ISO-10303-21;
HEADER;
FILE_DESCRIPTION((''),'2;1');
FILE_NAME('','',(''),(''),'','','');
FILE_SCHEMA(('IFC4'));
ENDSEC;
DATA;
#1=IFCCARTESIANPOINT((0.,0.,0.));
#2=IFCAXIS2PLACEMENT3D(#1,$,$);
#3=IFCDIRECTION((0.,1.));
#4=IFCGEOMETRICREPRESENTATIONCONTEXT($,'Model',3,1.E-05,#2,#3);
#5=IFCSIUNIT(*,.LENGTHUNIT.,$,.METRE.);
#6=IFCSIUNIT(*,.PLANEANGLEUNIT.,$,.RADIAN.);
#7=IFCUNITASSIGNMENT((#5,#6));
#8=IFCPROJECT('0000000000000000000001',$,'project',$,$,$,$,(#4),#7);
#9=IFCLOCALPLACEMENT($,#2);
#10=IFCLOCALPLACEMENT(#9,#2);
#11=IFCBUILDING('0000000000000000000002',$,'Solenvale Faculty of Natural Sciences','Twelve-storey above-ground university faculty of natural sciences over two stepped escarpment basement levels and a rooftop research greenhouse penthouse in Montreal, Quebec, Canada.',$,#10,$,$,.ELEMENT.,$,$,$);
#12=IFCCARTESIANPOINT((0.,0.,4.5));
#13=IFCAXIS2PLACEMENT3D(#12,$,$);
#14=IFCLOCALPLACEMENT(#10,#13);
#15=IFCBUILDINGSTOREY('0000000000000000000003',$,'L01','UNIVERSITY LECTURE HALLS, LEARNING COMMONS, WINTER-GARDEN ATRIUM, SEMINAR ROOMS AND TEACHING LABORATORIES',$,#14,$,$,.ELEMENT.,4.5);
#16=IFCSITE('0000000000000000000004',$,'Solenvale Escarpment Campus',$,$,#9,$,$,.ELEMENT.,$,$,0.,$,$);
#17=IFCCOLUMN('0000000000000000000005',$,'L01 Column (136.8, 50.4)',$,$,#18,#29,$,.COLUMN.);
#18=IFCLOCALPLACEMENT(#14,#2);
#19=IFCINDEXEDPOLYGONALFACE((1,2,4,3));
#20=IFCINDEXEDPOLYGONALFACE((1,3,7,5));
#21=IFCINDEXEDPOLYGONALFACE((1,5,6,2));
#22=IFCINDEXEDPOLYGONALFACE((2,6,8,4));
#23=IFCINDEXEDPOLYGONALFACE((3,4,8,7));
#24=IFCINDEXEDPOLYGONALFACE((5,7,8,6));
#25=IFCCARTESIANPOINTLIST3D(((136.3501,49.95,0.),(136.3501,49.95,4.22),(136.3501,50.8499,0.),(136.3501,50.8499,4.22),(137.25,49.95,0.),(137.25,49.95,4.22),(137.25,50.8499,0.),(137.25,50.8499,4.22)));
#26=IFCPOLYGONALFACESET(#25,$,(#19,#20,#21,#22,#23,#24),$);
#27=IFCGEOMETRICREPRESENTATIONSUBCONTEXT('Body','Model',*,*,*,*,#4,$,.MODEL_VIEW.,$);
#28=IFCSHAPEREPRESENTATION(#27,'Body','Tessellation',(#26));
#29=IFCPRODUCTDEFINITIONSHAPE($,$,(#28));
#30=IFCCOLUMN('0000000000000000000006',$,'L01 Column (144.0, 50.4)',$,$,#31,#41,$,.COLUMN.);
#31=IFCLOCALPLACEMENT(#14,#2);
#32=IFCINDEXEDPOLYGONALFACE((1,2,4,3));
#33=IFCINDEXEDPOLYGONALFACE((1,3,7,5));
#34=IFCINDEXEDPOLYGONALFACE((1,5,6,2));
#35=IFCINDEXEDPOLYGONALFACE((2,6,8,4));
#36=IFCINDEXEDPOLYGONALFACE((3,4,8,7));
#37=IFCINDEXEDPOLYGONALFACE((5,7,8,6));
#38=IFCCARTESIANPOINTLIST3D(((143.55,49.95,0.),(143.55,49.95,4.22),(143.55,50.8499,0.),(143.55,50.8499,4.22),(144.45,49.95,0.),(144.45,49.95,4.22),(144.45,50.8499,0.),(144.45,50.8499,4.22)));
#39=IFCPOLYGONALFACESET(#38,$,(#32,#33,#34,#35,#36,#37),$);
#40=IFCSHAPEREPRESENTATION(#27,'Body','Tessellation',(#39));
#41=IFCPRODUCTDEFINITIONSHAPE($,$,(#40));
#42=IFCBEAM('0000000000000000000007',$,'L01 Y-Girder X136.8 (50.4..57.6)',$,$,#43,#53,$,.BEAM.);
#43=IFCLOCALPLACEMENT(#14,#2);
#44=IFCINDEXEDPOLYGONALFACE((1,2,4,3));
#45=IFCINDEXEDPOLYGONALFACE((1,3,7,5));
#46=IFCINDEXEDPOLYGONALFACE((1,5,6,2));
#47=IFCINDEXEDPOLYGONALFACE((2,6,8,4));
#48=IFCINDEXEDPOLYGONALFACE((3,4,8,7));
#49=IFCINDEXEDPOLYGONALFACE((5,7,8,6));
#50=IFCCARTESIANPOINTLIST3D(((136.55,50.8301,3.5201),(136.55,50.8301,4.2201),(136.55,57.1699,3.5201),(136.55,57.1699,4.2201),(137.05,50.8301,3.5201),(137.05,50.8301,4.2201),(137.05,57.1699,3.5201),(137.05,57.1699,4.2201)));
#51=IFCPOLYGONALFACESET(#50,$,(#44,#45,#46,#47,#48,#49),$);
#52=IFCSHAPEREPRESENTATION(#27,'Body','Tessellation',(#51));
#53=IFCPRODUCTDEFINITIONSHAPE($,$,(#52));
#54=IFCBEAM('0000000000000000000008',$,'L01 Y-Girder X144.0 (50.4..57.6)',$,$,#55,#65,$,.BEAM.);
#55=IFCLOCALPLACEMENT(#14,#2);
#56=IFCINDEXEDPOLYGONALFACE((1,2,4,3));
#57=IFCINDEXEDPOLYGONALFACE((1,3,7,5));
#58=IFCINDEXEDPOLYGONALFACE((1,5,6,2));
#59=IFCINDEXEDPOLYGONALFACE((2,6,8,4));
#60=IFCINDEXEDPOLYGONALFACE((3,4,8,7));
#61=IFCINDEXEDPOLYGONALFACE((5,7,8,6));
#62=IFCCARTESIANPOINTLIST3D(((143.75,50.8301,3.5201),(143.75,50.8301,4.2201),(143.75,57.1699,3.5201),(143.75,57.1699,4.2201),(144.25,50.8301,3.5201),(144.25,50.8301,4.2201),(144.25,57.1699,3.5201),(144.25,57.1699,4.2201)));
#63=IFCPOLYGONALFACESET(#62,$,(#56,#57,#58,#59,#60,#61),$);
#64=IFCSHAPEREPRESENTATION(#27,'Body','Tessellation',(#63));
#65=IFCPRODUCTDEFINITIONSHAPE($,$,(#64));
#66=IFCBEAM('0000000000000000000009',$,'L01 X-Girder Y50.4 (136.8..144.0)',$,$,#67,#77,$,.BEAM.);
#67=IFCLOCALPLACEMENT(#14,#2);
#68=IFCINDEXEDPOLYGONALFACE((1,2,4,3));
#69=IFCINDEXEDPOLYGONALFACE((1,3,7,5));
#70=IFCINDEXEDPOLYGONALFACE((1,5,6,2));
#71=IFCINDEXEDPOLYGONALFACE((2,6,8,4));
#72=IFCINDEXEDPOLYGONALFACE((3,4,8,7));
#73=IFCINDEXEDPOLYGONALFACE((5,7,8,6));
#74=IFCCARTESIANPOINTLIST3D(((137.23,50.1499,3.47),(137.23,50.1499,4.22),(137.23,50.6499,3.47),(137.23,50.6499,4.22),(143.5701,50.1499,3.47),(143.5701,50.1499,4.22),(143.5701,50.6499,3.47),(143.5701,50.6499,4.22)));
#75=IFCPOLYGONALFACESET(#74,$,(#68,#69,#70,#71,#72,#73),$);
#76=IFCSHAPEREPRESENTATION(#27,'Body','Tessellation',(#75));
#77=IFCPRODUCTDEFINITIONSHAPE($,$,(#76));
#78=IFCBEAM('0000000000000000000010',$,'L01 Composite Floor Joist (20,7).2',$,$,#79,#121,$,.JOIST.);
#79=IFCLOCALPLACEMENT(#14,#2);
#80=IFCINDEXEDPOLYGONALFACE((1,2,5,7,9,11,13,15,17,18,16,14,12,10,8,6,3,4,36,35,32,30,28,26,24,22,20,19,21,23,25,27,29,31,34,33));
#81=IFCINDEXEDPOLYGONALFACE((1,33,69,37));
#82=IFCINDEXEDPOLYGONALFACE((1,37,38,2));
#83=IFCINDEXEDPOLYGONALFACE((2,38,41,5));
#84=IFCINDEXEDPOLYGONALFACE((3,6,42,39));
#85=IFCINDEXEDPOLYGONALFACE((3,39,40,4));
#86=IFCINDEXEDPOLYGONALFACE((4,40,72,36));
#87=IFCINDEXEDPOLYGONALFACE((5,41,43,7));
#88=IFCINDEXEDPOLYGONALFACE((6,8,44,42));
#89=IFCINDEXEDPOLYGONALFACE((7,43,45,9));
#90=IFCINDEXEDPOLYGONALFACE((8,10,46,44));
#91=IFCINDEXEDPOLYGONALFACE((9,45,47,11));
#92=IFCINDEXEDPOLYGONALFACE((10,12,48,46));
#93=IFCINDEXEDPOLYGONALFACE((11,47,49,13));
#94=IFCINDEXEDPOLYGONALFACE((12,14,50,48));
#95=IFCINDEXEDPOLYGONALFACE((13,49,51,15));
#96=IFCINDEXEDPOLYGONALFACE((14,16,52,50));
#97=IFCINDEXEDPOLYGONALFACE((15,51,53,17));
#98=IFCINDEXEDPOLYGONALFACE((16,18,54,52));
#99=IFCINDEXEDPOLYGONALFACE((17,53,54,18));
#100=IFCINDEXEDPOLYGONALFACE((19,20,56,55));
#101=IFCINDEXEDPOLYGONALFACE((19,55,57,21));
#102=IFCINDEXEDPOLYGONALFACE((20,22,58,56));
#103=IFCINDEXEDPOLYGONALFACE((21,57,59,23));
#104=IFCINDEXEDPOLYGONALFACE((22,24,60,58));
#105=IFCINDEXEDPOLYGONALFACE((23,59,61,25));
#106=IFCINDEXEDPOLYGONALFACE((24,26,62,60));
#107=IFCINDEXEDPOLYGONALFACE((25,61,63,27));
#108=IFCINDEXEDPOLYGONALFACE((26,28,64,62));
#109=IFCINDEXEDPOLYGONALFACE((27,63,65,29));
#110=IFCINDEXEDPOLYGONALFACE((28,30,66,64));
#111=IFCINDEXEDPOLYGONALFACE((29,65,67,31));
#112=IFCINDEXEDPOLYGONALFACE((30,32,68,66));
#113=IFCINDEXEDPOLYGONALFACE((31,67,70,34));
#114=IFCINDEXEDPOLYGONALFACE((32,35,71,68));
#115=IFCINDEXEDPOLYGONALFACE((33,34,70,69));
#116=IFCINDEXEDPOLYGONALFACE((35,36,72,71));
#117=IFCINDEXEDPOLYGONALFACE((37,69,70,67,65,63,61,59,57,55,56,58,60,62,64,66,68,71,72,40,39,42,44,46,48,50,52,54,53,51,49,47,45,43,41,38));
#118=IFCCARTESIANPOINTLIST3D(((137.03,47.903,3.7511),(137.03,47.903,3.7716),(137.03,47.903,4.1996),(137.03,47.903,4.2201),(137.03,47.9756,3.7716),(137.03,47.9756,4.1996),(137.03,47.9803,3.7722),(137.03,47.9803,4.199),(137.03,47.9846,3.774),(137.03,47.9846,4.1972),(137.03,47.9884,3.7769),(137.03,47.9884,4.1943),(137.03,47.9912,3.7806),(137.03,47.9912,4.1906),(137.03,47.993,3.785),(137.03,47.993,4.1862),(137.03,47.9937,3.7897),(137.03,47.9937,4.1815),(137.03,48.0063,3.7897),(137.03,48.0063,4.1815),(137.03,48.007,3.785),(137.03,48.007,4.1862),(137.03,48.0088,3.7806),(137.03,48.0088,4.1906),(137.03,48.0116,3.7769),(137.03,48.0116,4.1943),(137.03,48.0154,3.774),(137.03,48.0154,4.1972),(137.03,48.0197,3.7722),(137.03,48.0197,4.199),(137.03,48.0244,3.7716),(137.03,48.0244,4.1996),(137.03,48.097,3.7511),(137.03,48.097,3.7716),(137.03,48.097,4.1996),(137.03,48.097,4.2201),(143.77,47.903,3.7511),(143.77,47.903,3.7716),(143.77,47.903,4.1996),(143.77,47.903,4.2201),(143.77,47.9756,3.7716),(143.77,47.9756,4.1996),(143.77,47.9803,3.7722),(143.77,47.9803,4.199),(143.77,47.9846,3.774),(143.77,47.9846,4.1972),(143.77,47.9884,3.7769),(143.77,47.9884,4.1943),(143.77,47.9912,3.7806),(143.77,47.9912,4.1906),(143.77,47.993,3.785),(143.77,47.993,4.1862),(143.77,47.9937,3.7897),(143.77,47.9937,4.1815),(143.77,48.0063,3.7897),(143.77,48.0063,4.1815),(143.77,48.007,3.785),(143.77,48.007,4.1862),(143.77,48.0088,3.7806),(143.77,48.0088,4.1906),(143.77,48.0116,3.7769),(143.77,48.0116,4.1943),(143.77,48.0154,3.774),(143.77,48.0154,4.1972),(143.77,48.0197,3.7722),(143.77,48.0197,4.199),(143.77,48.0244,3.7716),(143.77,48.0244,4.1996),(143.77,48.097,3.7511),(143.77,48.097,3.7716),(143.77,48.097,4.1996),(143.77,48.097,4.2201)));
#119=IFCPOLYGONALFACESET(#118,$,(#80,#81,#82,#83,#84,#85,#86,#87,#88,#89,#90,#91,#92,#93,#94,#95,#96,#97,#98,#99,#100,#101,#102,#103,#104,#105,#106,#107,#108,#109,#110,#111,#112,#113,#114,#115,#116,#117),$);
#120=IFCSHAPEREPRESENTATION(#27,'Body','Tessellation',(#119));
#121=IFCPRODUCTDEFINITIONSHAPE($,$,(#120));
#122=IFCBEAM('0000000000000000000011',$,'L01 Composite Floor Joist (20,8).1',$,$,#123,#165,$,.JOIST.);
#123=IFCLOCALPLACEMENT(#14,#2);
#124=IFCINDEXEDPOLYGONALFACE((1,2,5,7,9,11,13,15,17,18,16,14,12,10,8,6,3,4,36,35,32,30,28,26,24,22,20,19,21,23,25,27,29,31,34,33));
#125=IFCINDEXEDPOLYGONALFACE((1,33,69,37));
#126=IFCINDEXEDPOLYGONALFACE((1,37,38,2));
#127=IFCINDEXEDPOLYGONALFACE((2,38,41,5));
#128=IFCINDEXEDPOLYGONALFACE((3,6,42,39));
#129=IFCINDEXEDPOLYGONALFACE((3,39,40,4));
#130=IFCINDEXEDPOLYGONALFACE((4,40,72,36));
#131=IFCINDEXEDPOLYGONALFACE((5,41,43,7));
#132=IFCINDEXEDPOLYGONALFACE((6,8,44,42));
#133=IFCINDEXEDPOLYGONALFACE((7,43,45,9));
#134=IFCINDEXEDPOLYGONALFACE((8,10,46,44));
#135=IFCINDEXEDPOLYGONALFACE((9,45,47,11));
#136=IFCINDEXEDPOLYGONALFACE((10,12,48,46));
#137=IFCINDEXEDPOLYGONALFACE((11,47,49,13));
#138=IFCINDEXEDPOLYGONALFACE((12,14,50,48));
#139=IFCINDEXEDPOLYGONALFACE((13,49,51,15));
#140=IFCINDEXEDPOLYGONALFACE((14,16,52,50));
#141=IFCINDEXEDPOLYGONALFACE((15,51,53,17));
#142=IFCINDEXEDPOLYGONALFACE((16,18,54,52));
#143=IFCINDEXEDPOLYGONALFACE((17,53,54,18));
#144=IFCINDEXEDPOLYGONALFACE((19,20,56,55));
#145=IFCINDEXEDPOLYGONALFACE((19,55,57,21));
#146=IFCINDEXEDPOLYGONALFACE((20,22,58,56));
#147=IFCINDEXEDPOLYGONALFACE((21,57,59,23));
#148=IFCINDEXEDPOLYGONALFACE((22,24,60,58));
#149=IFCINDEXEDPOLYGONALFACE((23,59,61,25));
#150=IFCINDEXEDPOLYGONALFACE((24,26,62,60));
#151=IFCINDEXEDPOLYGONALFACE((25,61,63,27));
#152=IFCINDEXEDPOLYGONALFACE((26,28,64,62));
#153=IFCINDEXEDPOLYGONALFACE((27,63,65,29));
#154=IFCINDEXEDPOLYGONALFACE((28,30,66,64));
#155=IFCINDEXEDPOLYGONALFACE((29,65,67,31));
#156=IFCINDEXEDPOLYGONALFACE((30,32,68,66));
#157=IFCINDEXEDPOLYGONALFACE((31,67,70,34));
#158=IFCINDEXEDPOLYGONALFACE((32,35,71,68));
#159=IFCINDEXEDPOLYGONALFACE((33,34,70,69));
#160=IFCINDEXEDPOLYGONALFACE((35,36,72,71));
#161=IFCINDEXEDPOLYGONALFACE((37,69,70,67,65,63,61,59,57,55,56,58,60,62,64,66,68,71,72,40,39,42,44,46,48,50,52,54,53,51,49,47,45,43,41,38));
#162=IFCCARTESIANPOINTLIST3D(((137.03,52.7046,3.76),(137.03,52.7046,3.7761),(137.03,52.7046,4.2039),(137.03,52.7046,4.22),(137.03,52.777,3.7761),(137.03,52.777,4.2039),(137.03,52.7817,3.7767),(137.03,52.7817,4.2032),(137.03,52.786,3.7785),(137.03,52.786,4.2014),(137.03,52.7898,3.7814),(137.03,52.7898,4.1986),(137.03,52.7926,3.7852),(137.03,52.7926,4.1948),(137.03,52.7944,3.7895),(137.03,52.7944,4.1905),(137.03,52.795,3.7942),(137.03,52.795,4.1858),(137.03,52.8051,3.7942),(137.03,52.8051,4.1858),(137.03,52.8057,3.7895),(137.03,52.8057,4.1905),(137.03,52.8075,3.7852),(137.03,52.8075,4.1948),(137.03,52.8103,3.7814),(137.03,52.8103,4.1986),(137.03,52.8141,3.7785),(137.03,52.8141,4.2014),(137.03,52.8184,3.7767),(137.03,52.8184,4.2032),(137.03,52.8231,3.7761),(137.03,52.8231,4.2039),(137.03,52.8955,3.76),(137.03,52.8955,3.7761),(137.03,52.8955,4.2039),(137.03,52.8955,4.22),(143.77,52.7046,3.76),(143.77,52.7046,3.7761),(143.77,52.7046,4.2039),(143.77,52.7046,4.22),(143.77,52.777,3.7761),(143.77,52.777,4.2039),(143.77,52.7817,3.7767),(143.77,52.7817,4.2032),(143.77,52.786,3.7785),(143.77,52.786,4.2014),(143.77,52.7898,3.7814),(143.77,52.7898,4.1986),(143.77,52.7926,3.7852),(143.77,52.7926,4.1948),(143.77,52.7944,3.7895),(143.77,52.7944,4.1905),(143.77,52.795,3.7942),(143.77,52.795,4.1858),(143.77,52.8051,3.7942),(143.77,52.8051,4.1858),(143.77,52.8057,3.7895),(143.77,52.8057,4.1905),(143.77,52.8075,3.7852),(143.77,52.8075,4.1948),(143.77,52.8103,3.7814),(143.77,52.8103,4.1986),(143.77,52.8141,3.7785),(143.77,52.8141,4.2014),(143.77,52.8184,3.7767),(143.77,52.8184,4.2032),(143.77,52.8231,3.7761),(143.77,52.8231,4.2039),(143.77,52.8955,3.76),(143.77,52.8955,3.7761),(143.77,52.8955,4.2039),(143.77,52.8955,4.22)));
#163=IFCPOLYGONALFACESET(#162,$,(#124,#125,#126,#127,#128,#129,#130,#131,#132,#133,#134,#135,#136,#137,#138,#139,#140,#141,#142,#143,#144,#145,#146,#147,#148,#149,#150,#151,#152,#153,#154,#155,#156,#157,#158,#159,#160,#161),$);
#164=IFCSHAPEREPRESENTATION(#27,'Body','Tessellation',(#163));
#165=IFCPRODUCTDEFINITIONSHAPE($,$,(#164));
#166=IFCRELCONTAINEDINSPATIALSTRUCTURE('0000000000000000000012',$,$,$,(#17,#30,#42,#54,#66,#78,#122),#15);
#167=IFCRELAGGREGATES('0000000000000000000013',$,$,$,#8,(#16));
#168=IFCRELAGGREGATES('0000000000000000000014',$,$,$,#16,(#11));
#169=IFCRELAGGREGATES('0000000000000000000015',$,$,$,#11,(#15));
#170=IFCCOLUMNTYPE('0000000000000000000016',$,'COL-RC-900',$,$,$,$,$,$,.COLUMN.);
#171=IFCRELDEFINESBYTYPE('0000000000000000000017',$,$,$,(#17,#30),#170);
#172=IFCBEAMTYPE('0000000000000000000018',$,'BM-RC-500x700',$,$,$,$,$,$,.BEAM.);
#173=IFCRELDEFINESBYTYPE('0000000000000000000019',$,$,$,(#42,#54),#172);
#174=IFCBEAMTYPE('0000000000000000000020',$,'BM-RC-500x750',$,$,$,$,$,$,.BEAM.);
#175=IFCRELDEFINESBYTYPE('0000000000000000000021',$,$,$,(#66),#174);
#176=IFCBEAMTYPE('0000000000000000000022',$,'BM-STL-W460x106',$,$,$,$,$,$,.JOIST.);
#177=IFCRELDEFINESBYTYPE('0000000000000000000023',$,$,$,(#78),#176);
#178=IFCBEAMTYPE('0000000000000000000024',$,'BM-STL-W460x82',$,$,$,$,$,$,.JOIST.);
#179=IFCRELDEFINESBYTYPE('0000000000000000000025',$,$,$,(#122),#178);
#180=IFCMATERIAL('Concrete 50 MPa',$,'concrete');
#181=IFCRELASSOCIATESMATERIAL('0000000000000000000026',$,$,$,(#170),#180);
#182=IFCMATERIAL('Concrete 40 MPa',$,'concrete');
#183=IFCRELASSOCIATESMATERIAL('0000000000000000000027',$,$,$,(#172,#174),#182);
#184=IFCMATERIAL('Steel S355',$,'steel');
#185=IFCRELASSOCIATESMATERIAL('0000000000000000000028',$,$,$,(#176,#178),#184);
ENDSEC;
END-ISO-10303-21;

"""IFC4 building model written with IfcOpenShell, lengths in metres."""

from ifc_helpers import new_model, si_unit, direction, frame, origin, origin_2d, place, context, subcontext, project, spatial, rectangle, i_section, extrude, material, material_profile, profile_set, type_object, element, save


model = new_model("IFC4")

# Units and contexts
model_context = context("Model", 3, precision=1e-05, world=origin(), true_north=direction((0.0, 1.0)))
body_context = subcontext(model_context, "Body", "Model", "MODEL_VIEW")
ifc_project = project(units=[si_unit("LENGTHUNIT", "METRE"), si_unit("PLANEANGLEUNIT", "RADIAN")], contexts=[model_context])

# Site, building, storey
site_placement = place(None, origin())
site = spatial("IfcSite", under=ifc_project, at=site_placement, Name="Solenvale Escarpment Campus", CompositionType="ELEMENT", RefElevation=0.0)
building_placement = place(site_placement, origin())
building = spatial("IfcBuilding", under=site, at=building_placement, Name="Solenvale Faculty of Natural Sciences", Description="Twelve-storey above-ground university faculty of natural sciences over two stepped escarpment basement levels and a rooftop research greenhouse penthouse in Montreal, Quebec, Canada.", CompositionType="ELEMENT")
storey_placement = place(building_placement, frame((0.0, 0.0, 4.5)))
storey = spatial("IfcBuildingStorey", under=building, at=storey_placement, Name="L01", Description="UNIVERSITY LECTURE HALLS, LEARNING COMMONS, WINTER-GARDEN ATRIUM, SEMINAR ROOMS AND TEACHING LABORATORIES", CompositionType="ELEMENT", Elevation=4.5)

# Columns
ifc_material_1 = material(Name="Concrete 50 MPa", Category="concrete")
ifc_material_profile_1 = material_profile(ifc_material_1, rectangle(XDim=0.8999, YDim=0.8999, at=origin_2d()), Name="RC-COL-900x900")
ifc_profile_set_1 = profile_set([ifc_material_profile_1], Name="Concrete 50 MPa")
column_type = type_object("IfcColumnType", Name="COL-RC-900", PredefinedType="COLUMN", material=ifc_profile_set_1)
for number, where, z_axis, x_axis, name in (
    (1, (136.8, 50.3999, 0.0), (0.0, 0.0, 1.0), (1.0, 0.0, 0.0), "L01 Column (136.8, 50.4)"),
    (2, (144.0, 50.3999, 0.0), (0.0, 0.0, 1.0), (1.0, 0.0, 0.0), "L01 Column (144.0, 50.4)"),
):
    element("IfcColumn", number, at=place(storey_placement, frame(where, z_axis=z_axis, x_axis=x_axis)), inside=storey, type_object=column_type, Name=name, PredefinedType="COLUMN", context=body_context, shape_type="SweptSolid", body=[
        extrude(rectangle(XDim=0.8999, YDim=0.8999, at=origin_2d()), origin(), (0.0, 0.0, 1.0), 4.22),
    ])

# Beams
ifc_material_2 = material(Name="Concrete 40 MPa", Category="concrete")
ifc_material_profile_2 = material_profile(ifc_material_2, rectangle(XDim=0.5, YDim=0.7, at=origin_2d()), Name="RC-BM-500x700")
ifc_profile_set_2 = profile_set([ifc_material_profile_2], Name="Concrete 40 MPa")
beam_type_1 = type_object("IfcBeamType", Name="BM-RC-500x700", PredefinedType="BEAM", material=ifc_profile_set_2)
for number, where, z_axis, x_axis, name in (
    (3, (136.8, 50.8301, 3.8701), (0.0, 1.0, 0.0), (-1.0, 0.0, 0.0), "L01 Y-Girder X136.8 (50.4..57.6)"),
    (4, (144.0, 50.8301, 3.8701), (0.0, 1.0, 0.0), (-1.0, 0.0, 0.0), "L01 Y-Girder X144.0 (50.4..57.6)"),
):
    element("IfcBeam", number, at=place(storey_placement, frame(where, z_axis=z_axis, x_axis=x_axis)), inside=storey, type_object=beam_type_1, Name=name, PredefinedType="BEAM", context=body_context, shape_type="SweptSolid", body=[
        extrude(rectangle(XDim=0.5, YDim=0.7, at=origin_2d()), origin(), (0.0, 0.0, 1.0), 6.3398),
    ])
ifc_material_profile_3 = material_profile(ifc_material_2, rectangle(XDim=0.5, YDim=0.75, at=origin_2d()), Name="RC-BM-500x750")
ifc_profile_set_3 = profile_set([ifc_material_profile_3], Name="Concrete 40 MPa")
beam_type_2 = type_object("IfcBeamType", Name="BM-RC-500x750", PredefinedType="BEAM", material=ifc_profile_set_3)
beam_1_placement = place(storey_placement, frame((137.23, 50.3999, 3.845), z_axis=(1.0, 0.0, 0.0), x_axis=(0.0, 1.0, 0.0)))
element("IfcBeam", 5, at=beam_1_placement, inside=storey, type_object=beam_type_2, Name="L01 X-Girder Y50.4 (136.8..144.0)", PredefinedType="BEAM", context=body_context, shape_type="SweptSolid", body=[
    extrude(rectangle(XDim=0.5, YDim=0.75, at=origin_2d()), origin(), (0.0, 0.0, 1.0), 6.3401),
])
ifc_material_3 = material(Name="Steel S355", Category="steel")
ifc_material_profile_4 = material_profile(ifc_material_3, i_section(OverallWidth=0.1941, OverallDepth=0.469, WebThickness=0.0127, FlangeThickness=0.0205, FilletRadius=0.0181, at=origin_2d()), Name="W460x106")
ifc_profile_set_4 = profile_set([ifc_material_profile_4], Name="Steel S355")
beam_type_3 = type_object("IfcBeamType", Name="BM-STL-W460x106", PredefinedType="JOIST", material=ifc_profile_set_4)
beam_2_placement = place(storey_placement, frame((137.03, 48.0, 3.9856), z_axis=(1.0, 0.0, 0.0), x_axis=(0.0, 1.0, 0.0)))
element("IfcBeam", 6, at=beam_2_placement, inside=storey, type_object=beam_type_3, Name="L01 Composite Floor Joist (20,7).2", PredefinedType="JOIST", context=body_context, shape_type="SweptSolid", body=[
    extrude(i_section(OverallWidth=0.1941, OverallDepth=0.469, WebThickness=0.0127, FlangeThickness=0.0205, FilletRadius=0.0181, at=origin_2d()), origin(), (0.0, 0.0, 1.0), 6.74),
])
ifc_material_profile_5 = material_profile(ifc_material_3, i_section(OverallWidth=0.1909, OverallDepth=0.46, WebThickness=0.01, FlangeThickness=0.0161, FilletRadius=0.0181, at=origin_2d()), Name="W460x82")
ifc_profile_set_5 = profile_set([ifc_material_profile_5], Name="Steel S355")
beam_type_4 = type_object("IfcBeamType", Name="BM-STL-W460x82", PredefinedType="JOIST", material=ifc_profile_set_5)
for number, where, z_axis, x_axis, name in (
    (7, (137.03, 52.8, 3.99), (1.0, 0.0, 0.0), (0.0, 1.0, 0.0), "L01 Composite Floor Joist (20,8).1"),
):
    element("IfcBeam", number, at=place(storey_placement, frame(where, z_axis=z_axis, x_axis=x_axis)), inside=storey, type_object=beam_type_4, Name=name, PredefinedType="JOIST", context=body_context, shape_type="SweptSolid", body=[
        extrude(i_section(OverallWidth=0.1909, OverallDepth=0.46, WebThickness=0.01, FlangeThickness=0.0161, FilletRadius=0.0181, at=origin_2d()), origin(), (0.0, 0.0, 1.0), 6.74),
    ])

save(model, "model.ifc")
